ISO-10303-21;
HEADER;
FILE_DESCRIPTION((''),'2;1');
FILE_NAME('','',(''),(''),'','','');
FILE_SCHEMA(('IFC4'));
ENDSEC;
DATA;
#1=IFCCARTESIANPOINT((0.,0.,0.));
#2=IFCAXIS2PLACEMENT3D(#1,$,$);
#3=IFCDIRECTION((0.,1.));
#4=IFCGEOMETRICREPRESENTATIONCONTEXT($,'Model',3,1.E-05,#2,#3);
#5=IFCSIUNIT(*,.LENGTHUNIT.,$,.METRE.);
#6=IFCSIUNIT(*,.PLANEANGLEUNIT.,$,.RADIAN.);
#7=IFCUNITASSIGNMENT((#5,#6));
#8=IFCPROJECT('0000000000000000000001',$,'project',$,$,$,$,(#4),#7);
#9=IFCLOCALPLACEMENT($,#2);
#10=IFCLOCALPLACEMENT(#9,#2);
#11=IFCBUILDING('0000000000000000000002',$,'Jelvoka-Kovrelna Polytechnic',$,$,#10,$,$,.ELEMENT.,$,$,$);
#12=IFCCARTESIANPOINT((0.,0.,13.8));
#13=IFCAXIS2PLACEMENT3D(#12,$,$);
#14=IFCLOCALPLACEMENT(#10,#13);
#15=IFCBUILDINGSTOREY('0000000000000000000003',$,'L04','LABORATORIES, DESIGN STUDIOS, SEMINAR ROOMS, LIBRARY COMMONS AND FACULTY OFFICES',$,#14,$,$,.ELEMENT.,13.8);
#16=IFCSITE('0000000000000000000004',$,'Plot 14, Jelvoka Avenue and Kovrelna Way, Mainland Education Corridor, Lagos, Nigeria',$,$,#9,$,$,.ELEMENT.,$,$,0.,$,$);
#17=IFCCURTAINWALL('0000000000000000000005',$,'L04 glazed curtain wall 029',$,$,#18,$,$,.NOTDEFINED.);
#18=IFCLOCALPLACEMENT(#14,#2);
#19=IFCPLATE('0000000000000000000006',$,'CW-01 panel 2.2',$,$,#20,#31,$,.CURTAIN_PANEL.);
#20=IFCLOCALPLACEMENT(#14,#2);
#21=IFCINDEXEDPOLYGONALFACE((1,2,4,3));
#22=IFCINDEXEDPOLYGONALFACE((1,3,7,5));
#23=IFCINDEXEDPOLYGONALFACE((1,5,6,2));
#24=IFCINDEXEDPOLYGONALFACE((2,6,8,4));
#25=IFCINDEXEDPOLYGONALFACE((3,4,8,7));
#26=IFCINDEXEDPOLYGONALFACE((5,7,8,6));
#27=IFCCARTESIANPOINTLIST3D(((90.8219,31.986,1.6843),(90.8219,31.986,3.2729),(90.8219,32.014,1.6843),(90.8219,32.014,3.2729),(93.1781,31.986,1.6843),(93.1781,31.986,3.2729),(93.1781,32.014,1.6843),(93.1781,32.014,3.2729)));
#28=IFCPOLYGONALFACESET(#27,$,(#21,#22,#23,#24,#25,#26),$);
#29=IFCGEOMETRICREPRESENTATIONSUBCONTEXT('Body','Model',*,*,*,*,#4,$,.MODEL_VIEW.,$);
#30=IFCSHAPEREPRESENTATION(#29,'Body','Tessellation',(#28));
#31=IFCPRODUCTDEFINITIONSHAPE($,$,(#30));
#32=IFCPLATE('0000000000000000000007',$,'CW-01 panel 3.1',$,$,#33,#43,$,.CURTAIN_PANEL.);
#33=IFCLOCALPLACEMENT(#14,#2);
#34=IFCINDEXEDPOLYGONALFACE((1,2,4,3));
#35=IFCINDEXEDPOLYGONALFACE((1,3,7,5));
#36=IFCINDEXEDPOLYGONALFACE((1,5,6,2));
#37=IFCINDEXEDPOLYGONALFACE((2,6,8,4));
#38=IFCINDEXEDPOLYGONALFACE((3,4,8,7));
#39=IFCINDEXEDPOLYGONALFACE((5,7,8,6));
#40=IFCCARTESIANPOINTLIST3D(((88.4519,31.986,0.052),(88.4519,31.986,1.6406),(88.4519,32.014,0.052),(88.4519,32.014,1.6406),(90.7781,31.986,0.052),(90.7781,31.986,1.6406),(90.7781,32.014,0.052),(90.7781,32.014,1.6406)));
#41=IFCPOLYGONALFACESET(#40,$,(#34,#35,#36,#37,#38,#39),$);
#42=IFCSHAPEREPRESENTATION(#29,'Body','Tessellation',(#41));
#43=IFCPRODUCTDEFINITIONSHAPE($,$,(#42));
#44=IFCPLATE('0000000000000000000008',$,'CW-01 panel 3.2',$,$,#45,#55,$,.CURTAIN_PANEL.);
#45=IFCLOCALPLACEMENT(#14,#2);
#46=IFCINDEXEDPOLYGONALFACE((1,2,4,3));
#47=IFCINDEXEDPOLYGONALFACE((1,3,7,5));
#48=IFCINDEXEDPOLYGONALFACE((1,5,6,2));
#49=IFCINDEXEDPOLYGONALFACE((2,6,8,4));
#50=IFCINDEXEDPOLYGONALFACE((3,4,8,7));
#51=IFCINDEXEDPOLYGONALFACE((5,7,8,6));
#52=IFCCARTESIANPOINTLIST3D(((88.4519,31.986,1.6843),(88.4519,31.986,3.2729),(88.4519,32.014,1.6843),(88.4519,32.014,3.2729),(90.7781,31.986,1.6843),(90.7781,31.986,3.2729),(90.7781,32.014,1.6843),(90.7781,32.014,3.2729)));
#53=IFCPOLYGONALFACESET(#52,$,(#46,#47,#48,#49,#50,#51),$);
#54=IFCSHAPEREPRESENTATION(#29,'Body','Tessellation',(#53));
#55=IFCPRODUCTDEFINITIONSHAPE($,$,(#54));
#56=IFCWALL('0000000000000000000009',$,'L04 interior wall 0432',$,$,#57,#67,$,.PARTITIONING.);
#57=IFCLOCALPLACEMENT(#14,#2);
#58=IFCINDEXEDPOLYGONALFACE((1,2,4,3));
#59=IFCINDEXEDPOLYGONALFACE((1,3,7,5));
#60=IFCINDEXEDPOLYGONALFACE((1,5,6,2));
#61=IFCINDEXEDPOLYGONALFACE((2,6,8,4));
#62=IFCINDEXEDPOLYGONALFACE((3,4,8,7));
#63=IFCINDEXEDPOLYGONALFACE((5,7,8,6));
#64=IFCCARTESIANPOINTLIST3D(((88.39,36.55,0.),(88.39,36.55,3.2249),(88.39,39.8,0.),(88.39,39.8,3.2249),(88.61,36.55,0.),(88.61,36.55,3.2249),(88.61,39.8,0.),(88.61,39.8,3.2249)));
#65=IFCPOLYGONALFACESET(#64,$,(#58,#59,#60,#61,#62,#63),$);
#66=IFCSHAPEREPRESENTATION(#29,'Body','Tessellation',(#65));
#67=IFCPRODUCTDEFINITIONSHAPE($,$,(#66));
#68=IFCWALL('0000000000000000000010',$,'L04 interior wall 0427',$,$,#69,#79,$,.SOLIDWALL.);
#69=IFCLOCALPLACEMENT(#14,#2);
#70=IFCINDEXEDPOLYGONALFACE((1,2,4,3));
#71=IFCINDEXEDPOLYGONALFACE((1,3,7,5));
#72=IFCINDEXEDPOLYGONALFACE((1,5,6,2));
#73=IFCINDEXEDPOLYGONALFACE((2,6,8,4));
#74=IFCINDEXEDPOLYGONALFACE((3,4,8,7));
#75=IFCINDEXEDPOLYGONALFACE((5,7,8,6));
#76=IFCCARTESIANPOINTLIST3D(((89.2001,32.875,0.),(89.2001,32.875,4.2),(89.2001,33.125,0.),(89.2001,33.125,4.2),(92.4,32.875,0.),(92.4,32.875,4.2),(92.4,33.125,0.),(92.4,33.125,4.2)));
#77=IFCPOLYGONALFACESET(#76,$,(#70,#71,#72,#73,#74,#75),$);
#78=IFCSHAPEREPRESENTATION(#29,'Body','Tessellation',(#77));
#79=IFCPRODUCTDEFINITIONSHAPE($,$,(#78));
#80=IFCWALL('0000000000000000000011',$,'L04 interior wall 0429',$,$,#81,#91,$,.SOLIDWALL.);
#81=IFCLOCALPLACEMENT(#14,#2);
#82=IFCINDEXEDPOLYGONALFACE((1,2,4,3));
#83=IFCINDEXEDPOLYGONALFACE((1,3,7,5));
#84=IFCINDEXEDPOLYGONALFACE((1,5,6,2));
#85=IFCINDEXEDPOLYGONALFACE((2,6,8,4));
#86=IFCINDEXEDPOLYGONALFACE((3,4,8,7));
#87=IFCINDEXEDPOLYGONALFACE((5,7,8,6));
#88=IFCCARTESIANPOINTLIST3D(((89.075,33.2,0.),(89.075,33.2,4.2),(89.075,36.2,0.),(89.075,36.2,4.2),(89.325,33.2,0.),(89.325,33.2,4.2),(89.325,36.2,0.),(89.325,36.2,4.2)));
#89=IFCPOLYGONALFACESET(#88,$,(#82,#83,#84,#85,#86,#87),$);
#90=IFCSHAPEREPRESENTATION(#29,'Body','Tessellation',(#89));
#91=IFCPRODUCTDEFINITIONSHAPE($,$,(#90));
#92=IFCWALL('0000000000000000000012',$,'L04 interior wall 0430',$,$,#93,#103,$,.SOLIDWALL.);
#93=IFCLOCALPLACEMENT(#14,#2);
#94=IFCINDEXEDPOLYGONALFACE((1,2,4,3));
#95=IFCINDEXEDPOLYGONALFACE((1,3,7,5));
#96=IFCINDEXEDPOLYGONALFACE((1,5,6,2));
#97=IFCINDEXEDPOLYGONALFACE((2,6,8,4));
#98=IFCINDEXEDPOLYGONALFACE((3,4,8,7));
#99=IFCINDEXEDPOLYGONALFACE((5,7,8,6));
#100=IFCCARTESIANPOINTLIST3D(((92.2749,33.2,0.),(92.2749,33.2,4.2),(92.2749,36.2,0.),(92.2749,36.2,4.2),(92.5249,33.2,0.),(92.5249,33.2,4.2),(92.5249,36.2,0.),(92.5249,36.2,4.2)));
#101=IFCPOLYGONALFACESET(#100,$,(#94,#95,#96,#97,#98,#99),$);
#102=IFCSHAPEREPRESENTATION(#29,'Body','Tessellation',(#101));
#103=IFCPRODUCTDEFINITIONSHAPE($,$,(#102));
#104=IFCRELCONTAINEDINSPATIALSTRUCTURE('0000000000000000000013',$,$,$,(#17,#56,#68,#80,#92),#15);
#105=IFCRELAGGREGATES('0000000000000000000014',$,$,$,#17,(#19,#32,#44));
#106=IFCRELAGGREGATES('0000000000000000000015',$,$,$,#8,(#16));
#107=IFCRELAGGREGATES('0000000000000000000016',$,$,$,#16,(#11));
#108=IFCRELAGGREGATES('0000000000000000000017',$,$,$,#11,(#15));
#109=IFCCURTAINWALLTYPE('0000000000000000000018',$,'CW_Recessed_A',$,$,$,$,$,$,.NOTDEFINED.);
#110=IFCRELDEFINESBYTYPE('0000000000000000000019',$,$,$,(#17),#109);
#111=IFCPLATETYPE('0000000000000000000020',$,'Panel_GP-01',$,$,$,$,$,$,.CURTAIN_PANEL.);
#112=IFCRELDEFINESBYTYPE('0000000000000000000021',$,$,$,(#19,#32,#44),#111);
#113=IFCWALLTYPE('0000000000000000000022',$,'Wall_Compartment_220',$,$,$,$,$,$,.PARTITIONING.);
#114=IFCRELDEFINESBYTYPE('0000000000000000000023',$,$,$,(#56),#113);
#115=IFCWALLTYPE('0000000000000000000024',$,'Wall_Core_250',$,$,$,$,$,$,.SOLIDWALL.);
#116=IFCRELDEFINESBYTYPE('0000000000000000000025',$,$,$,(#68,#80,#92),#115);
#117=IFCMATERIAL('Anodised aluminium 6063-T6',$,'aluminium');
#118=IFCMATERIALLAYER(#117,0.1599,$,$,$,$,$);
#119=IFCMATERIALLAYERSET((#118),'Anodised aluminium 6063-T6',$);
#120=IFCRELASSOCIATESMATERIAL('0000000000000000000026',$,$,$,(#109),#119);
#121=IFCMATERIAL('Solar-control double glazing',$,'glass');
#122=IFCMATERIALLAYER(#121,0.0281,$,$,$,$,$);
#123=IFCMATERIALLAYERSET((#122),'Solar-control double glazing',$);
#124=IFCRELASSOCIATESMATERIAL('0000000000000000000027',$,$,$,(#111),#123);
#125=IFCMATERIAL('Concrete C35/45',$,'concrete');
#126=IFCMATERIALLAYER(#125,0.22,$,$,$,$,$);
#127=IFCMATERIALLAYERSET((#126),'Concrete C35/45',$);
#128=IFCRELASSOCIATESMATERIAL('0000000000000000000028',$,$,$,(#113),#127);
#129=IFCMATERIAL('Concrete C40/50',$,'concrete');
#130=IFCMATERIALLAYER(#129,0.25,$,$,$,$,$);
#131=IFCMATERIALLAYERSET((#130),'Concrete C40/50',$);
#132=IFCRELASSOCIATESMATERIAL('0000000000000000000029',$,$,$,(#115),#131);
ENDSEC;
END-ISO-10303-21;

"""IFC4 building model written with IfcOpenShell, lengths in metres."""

from ifc_helpers import new_model, si_unit, direction, frame, frame_2d, origin, origin_2d, place, context, subcontext, project, spatial, rectangle, extrude, material, layer, layer_set, type_object, element, aggregate, save


model = new_model("IFC4")

# Units and contexts
model_context = context("Model", 3, precision=1e-05, world=origin(), true_north=direction((0.0, 1.0)))
body_context = subcontext(model_context, "Body", "Model", "MODEL_VIEW")
ifc_project = project(units=[si_unit("LENGTHUNIT", "METRE"), si_unit("PLANEANGLEUNIT", "RADIAN")], contexts=[model_context])

# Site, building, storey
site_placement = place(None, origin())
site = spatial("IfcSite", under=ifc_project, at=site_placement, Name="Plot 14, Jelvoka Avenue and Kovrelna Way, Mainland Education Corridor, Lagos, Nigeria", CompositionType="ELEMENT", RefElevation=0.0)
building_placement = place(site_placement, origin())
building = spatial("IfcBuilding", under=site, at=building_placement, Name="Jelvoka-Kovrelna Polytechnic", CompositionType="ELEMENT")
storey_placement = place(building_placement, frame((0.0, 0.0, 13.8)))
storey = spatial("IfcBuildingStorey", under=building, at=storey_placement, Name="L04", Description="LABORATORIES, DESIGN STUDIOS, SEMINAR ROOMS, LIBRARY COMMONS AND FACULTY OFFICES", CompositionType="ELEMENT", Elevation=13.8)

# Curtain wall
ifc_material_1 = material(Name="Anodised aluminium 6063-T6", Category="aluminium")
ifc_layer_1 = layer(ifc_material_1, 0.1599)
ifc_layer_set_1 = layer_set([ifc_layer_1], Name="Anodised aluminium 6063-T6")
curtain_wall_type = type_object("IfcCurtainWallType", Name="CW_Recessed_A", PredefinedType="NOTDEFINED", material=ifc_layer_set_1)
curtain_wall_placement = place(storey_placement, origin())
curtain_wall = element("IfcCurtainWall", 1, at=curtain_wall_placement, inside=storey, type_object=curtain_wall_type, Name="L04 glazed curtain wall 029", PredefinedType="NOTDEFINED")

# Plates
ifc_material_2 = material(Name="Solar-control double glazing", Category="glass")
ifc_layer_2 = layer(ifc_material_2, 0.0281)
ifc_layer_set_2 = layer_set([ifc_layer_2], Name="Solar-control double glazing")
plate_type = type_object("IfcPlateType", Name="Panel_GP-01", PredefinedType="CURTAIN_PANEL", material=ifc_layer_set_2)
plate_1_placement = place(storey_placement, frame((92.0, 32.0, 1.6843), z_axis=(0.0, 0.0, 1.0), x_axis=(-1.0, 0.0, 0.0)))
plate_1 = element("IfcPlate", 2, at=plate_1_placement, type_object=plate_type, Name="CW-01 panel 2.2", PredefinedType="CURTAIN_PANEL", context=body_context, shape_type="SweptSolid", body=[
    extrude(rectangle(XDim=2.3562, YDim=0.0281, at=origin_2d()), origin(), (0.0, 0.0, 1.0), 1.5886),
])
plate_2_placement = place(storey_placement, frame((89.615, 32.0, 0.052), z_axis=(0.0, 0.0, 1.0), x_axis=(-1.0, 0.0, 0.0)))
plate_2 = element("IfcPlate", 3, at=plate_2_placement, type_object=plate_type, Name="CW-01 panel 3.1", PredefinedType="CURTAIN_PANEL", context=body_context, shape_type="SweptSolid", body=[
    extrude(rectangle(XDim=2.3262, YDim=0.0281, at=origin_2d()), origin(), (0.0, 0.0, 1.0), 1.5886),
])
plate_3_placement = place(storey_placement, frame((89.615, 32.0, 1.6843), z_axis=(0.0, 0.0, 1.0), x_axis=(-1.0, 0.0, 0.0)))
plate_3 = element("IfcPlate", 4, at=plate_3_placement, type_object=plate_type, Name="CW-01 panel 3.2", PredefinedType="CURTAIN_PANEL", context=body_context, shape_type="SweptSolid", body=[
    extrude(rectangle(XDim=2.3262, YDim=0.0281, at=origin_2d()), origin(), (0.0, 0.0, 1.0), 1.5886),
])
aggregate(curtain_wall, [plate_1, plate_2, plate_3])

# Walls
ifc_material_3 = material(Name="Concrete C35/45", Category="concrete")
ifc_layer_3 = layer(ifc_material_3, 0.22)
ifc_layer_set_3 = layer_set([ifc_layer_3], Name="Concrete C35/45")
wall_type_1 = type_object("IfcWallType", Name="Wall_Compartment_220", PredefinedType="PARTITIONING", material=ifc_layer_set_3)
wall_1_placement = place(storey_placement, frame((88.5, 36.55, 0.0), z_axis=(0.0, 0.0, 1.0), x_axis=(0.0, 1.0, 0.0)))
element("IfcWall", 5, at=wall_1_placement, inside=storey, type_object=wall_type_1, Name="L04 interior wall 0432", PredefinedType="PARTITIONING", context=body_context, shape_type="SweptSolid", body=[
    extrude(rectangle(XDim=3.25, YDim=0.22, at=frame_2d((1.625, 0.0))), origin(), (0.0, 0.0, 1.0), 3.2249),
])
ifc_material_4 = material(Name="Concrete C40/50", Category="concrete")
ifc_layer_4 = layer(ifc_material_4, 0.25)
ifc_layer_set_4 = layer_set([ifc_layer_4], Name="Concrete C40/50")
wall_type_2 = type_object("IfcWallType", Name="Wall_Core_250", PredefinedType="SOLIDWALL", material=ifc_layer_set_4)
wall_2_placement = place(storey_placement, frame((89.2, 33.0, 0.0), z_axis=(0.0, 0.0, 1.0), x_axis=(1.0, 0.0, 0.0)))
element("IfcWall", 6, at=wall_2_placement, inside=storey, type_object=wall_type_2, Name="L04 interior wall 0427", PredefinedType="SOLIDWALL", context=body_context, shape_type="SweptSolid", body=[
    extrude(rectangle(XDim=3.2, YDim=0.25, at=frame_2d((1.6001, 0.0))), origin(), (0.0, 0.0, 1.0), 4.2),
])

# Walls
for number, where, z_axis, x_axis, name in (
    (7, (89.2, 33.2, 0.0), (0.0, 0.0, 1.0), (0.0, 1.0, 0.0), "L04 interior wall 0429"),
    (8, (92.3999, 33.2, 0.0), (0.0, 0.0, 1.0), (0.0, 1.0, 0.0), "L04 interior wall 0430"),
):
    element("IfcWall", number, at=place(storey_placement, frame(where, z_axis=z_axis, x_axis=x_axis)), inside=storey, type_object=wall_type_2, Name=name, PredefinedType="SOLIDWALL", context=body_context, shape_type="SweptSolid", body=[
        extrude(rectangle(XDim=3.0, YDim=0.25, at=frame_2d((1.5, 0.0))), origin(), (0.0, 0.0, 1.0), 4.2),
    ])

save(model, "model.ifc")
